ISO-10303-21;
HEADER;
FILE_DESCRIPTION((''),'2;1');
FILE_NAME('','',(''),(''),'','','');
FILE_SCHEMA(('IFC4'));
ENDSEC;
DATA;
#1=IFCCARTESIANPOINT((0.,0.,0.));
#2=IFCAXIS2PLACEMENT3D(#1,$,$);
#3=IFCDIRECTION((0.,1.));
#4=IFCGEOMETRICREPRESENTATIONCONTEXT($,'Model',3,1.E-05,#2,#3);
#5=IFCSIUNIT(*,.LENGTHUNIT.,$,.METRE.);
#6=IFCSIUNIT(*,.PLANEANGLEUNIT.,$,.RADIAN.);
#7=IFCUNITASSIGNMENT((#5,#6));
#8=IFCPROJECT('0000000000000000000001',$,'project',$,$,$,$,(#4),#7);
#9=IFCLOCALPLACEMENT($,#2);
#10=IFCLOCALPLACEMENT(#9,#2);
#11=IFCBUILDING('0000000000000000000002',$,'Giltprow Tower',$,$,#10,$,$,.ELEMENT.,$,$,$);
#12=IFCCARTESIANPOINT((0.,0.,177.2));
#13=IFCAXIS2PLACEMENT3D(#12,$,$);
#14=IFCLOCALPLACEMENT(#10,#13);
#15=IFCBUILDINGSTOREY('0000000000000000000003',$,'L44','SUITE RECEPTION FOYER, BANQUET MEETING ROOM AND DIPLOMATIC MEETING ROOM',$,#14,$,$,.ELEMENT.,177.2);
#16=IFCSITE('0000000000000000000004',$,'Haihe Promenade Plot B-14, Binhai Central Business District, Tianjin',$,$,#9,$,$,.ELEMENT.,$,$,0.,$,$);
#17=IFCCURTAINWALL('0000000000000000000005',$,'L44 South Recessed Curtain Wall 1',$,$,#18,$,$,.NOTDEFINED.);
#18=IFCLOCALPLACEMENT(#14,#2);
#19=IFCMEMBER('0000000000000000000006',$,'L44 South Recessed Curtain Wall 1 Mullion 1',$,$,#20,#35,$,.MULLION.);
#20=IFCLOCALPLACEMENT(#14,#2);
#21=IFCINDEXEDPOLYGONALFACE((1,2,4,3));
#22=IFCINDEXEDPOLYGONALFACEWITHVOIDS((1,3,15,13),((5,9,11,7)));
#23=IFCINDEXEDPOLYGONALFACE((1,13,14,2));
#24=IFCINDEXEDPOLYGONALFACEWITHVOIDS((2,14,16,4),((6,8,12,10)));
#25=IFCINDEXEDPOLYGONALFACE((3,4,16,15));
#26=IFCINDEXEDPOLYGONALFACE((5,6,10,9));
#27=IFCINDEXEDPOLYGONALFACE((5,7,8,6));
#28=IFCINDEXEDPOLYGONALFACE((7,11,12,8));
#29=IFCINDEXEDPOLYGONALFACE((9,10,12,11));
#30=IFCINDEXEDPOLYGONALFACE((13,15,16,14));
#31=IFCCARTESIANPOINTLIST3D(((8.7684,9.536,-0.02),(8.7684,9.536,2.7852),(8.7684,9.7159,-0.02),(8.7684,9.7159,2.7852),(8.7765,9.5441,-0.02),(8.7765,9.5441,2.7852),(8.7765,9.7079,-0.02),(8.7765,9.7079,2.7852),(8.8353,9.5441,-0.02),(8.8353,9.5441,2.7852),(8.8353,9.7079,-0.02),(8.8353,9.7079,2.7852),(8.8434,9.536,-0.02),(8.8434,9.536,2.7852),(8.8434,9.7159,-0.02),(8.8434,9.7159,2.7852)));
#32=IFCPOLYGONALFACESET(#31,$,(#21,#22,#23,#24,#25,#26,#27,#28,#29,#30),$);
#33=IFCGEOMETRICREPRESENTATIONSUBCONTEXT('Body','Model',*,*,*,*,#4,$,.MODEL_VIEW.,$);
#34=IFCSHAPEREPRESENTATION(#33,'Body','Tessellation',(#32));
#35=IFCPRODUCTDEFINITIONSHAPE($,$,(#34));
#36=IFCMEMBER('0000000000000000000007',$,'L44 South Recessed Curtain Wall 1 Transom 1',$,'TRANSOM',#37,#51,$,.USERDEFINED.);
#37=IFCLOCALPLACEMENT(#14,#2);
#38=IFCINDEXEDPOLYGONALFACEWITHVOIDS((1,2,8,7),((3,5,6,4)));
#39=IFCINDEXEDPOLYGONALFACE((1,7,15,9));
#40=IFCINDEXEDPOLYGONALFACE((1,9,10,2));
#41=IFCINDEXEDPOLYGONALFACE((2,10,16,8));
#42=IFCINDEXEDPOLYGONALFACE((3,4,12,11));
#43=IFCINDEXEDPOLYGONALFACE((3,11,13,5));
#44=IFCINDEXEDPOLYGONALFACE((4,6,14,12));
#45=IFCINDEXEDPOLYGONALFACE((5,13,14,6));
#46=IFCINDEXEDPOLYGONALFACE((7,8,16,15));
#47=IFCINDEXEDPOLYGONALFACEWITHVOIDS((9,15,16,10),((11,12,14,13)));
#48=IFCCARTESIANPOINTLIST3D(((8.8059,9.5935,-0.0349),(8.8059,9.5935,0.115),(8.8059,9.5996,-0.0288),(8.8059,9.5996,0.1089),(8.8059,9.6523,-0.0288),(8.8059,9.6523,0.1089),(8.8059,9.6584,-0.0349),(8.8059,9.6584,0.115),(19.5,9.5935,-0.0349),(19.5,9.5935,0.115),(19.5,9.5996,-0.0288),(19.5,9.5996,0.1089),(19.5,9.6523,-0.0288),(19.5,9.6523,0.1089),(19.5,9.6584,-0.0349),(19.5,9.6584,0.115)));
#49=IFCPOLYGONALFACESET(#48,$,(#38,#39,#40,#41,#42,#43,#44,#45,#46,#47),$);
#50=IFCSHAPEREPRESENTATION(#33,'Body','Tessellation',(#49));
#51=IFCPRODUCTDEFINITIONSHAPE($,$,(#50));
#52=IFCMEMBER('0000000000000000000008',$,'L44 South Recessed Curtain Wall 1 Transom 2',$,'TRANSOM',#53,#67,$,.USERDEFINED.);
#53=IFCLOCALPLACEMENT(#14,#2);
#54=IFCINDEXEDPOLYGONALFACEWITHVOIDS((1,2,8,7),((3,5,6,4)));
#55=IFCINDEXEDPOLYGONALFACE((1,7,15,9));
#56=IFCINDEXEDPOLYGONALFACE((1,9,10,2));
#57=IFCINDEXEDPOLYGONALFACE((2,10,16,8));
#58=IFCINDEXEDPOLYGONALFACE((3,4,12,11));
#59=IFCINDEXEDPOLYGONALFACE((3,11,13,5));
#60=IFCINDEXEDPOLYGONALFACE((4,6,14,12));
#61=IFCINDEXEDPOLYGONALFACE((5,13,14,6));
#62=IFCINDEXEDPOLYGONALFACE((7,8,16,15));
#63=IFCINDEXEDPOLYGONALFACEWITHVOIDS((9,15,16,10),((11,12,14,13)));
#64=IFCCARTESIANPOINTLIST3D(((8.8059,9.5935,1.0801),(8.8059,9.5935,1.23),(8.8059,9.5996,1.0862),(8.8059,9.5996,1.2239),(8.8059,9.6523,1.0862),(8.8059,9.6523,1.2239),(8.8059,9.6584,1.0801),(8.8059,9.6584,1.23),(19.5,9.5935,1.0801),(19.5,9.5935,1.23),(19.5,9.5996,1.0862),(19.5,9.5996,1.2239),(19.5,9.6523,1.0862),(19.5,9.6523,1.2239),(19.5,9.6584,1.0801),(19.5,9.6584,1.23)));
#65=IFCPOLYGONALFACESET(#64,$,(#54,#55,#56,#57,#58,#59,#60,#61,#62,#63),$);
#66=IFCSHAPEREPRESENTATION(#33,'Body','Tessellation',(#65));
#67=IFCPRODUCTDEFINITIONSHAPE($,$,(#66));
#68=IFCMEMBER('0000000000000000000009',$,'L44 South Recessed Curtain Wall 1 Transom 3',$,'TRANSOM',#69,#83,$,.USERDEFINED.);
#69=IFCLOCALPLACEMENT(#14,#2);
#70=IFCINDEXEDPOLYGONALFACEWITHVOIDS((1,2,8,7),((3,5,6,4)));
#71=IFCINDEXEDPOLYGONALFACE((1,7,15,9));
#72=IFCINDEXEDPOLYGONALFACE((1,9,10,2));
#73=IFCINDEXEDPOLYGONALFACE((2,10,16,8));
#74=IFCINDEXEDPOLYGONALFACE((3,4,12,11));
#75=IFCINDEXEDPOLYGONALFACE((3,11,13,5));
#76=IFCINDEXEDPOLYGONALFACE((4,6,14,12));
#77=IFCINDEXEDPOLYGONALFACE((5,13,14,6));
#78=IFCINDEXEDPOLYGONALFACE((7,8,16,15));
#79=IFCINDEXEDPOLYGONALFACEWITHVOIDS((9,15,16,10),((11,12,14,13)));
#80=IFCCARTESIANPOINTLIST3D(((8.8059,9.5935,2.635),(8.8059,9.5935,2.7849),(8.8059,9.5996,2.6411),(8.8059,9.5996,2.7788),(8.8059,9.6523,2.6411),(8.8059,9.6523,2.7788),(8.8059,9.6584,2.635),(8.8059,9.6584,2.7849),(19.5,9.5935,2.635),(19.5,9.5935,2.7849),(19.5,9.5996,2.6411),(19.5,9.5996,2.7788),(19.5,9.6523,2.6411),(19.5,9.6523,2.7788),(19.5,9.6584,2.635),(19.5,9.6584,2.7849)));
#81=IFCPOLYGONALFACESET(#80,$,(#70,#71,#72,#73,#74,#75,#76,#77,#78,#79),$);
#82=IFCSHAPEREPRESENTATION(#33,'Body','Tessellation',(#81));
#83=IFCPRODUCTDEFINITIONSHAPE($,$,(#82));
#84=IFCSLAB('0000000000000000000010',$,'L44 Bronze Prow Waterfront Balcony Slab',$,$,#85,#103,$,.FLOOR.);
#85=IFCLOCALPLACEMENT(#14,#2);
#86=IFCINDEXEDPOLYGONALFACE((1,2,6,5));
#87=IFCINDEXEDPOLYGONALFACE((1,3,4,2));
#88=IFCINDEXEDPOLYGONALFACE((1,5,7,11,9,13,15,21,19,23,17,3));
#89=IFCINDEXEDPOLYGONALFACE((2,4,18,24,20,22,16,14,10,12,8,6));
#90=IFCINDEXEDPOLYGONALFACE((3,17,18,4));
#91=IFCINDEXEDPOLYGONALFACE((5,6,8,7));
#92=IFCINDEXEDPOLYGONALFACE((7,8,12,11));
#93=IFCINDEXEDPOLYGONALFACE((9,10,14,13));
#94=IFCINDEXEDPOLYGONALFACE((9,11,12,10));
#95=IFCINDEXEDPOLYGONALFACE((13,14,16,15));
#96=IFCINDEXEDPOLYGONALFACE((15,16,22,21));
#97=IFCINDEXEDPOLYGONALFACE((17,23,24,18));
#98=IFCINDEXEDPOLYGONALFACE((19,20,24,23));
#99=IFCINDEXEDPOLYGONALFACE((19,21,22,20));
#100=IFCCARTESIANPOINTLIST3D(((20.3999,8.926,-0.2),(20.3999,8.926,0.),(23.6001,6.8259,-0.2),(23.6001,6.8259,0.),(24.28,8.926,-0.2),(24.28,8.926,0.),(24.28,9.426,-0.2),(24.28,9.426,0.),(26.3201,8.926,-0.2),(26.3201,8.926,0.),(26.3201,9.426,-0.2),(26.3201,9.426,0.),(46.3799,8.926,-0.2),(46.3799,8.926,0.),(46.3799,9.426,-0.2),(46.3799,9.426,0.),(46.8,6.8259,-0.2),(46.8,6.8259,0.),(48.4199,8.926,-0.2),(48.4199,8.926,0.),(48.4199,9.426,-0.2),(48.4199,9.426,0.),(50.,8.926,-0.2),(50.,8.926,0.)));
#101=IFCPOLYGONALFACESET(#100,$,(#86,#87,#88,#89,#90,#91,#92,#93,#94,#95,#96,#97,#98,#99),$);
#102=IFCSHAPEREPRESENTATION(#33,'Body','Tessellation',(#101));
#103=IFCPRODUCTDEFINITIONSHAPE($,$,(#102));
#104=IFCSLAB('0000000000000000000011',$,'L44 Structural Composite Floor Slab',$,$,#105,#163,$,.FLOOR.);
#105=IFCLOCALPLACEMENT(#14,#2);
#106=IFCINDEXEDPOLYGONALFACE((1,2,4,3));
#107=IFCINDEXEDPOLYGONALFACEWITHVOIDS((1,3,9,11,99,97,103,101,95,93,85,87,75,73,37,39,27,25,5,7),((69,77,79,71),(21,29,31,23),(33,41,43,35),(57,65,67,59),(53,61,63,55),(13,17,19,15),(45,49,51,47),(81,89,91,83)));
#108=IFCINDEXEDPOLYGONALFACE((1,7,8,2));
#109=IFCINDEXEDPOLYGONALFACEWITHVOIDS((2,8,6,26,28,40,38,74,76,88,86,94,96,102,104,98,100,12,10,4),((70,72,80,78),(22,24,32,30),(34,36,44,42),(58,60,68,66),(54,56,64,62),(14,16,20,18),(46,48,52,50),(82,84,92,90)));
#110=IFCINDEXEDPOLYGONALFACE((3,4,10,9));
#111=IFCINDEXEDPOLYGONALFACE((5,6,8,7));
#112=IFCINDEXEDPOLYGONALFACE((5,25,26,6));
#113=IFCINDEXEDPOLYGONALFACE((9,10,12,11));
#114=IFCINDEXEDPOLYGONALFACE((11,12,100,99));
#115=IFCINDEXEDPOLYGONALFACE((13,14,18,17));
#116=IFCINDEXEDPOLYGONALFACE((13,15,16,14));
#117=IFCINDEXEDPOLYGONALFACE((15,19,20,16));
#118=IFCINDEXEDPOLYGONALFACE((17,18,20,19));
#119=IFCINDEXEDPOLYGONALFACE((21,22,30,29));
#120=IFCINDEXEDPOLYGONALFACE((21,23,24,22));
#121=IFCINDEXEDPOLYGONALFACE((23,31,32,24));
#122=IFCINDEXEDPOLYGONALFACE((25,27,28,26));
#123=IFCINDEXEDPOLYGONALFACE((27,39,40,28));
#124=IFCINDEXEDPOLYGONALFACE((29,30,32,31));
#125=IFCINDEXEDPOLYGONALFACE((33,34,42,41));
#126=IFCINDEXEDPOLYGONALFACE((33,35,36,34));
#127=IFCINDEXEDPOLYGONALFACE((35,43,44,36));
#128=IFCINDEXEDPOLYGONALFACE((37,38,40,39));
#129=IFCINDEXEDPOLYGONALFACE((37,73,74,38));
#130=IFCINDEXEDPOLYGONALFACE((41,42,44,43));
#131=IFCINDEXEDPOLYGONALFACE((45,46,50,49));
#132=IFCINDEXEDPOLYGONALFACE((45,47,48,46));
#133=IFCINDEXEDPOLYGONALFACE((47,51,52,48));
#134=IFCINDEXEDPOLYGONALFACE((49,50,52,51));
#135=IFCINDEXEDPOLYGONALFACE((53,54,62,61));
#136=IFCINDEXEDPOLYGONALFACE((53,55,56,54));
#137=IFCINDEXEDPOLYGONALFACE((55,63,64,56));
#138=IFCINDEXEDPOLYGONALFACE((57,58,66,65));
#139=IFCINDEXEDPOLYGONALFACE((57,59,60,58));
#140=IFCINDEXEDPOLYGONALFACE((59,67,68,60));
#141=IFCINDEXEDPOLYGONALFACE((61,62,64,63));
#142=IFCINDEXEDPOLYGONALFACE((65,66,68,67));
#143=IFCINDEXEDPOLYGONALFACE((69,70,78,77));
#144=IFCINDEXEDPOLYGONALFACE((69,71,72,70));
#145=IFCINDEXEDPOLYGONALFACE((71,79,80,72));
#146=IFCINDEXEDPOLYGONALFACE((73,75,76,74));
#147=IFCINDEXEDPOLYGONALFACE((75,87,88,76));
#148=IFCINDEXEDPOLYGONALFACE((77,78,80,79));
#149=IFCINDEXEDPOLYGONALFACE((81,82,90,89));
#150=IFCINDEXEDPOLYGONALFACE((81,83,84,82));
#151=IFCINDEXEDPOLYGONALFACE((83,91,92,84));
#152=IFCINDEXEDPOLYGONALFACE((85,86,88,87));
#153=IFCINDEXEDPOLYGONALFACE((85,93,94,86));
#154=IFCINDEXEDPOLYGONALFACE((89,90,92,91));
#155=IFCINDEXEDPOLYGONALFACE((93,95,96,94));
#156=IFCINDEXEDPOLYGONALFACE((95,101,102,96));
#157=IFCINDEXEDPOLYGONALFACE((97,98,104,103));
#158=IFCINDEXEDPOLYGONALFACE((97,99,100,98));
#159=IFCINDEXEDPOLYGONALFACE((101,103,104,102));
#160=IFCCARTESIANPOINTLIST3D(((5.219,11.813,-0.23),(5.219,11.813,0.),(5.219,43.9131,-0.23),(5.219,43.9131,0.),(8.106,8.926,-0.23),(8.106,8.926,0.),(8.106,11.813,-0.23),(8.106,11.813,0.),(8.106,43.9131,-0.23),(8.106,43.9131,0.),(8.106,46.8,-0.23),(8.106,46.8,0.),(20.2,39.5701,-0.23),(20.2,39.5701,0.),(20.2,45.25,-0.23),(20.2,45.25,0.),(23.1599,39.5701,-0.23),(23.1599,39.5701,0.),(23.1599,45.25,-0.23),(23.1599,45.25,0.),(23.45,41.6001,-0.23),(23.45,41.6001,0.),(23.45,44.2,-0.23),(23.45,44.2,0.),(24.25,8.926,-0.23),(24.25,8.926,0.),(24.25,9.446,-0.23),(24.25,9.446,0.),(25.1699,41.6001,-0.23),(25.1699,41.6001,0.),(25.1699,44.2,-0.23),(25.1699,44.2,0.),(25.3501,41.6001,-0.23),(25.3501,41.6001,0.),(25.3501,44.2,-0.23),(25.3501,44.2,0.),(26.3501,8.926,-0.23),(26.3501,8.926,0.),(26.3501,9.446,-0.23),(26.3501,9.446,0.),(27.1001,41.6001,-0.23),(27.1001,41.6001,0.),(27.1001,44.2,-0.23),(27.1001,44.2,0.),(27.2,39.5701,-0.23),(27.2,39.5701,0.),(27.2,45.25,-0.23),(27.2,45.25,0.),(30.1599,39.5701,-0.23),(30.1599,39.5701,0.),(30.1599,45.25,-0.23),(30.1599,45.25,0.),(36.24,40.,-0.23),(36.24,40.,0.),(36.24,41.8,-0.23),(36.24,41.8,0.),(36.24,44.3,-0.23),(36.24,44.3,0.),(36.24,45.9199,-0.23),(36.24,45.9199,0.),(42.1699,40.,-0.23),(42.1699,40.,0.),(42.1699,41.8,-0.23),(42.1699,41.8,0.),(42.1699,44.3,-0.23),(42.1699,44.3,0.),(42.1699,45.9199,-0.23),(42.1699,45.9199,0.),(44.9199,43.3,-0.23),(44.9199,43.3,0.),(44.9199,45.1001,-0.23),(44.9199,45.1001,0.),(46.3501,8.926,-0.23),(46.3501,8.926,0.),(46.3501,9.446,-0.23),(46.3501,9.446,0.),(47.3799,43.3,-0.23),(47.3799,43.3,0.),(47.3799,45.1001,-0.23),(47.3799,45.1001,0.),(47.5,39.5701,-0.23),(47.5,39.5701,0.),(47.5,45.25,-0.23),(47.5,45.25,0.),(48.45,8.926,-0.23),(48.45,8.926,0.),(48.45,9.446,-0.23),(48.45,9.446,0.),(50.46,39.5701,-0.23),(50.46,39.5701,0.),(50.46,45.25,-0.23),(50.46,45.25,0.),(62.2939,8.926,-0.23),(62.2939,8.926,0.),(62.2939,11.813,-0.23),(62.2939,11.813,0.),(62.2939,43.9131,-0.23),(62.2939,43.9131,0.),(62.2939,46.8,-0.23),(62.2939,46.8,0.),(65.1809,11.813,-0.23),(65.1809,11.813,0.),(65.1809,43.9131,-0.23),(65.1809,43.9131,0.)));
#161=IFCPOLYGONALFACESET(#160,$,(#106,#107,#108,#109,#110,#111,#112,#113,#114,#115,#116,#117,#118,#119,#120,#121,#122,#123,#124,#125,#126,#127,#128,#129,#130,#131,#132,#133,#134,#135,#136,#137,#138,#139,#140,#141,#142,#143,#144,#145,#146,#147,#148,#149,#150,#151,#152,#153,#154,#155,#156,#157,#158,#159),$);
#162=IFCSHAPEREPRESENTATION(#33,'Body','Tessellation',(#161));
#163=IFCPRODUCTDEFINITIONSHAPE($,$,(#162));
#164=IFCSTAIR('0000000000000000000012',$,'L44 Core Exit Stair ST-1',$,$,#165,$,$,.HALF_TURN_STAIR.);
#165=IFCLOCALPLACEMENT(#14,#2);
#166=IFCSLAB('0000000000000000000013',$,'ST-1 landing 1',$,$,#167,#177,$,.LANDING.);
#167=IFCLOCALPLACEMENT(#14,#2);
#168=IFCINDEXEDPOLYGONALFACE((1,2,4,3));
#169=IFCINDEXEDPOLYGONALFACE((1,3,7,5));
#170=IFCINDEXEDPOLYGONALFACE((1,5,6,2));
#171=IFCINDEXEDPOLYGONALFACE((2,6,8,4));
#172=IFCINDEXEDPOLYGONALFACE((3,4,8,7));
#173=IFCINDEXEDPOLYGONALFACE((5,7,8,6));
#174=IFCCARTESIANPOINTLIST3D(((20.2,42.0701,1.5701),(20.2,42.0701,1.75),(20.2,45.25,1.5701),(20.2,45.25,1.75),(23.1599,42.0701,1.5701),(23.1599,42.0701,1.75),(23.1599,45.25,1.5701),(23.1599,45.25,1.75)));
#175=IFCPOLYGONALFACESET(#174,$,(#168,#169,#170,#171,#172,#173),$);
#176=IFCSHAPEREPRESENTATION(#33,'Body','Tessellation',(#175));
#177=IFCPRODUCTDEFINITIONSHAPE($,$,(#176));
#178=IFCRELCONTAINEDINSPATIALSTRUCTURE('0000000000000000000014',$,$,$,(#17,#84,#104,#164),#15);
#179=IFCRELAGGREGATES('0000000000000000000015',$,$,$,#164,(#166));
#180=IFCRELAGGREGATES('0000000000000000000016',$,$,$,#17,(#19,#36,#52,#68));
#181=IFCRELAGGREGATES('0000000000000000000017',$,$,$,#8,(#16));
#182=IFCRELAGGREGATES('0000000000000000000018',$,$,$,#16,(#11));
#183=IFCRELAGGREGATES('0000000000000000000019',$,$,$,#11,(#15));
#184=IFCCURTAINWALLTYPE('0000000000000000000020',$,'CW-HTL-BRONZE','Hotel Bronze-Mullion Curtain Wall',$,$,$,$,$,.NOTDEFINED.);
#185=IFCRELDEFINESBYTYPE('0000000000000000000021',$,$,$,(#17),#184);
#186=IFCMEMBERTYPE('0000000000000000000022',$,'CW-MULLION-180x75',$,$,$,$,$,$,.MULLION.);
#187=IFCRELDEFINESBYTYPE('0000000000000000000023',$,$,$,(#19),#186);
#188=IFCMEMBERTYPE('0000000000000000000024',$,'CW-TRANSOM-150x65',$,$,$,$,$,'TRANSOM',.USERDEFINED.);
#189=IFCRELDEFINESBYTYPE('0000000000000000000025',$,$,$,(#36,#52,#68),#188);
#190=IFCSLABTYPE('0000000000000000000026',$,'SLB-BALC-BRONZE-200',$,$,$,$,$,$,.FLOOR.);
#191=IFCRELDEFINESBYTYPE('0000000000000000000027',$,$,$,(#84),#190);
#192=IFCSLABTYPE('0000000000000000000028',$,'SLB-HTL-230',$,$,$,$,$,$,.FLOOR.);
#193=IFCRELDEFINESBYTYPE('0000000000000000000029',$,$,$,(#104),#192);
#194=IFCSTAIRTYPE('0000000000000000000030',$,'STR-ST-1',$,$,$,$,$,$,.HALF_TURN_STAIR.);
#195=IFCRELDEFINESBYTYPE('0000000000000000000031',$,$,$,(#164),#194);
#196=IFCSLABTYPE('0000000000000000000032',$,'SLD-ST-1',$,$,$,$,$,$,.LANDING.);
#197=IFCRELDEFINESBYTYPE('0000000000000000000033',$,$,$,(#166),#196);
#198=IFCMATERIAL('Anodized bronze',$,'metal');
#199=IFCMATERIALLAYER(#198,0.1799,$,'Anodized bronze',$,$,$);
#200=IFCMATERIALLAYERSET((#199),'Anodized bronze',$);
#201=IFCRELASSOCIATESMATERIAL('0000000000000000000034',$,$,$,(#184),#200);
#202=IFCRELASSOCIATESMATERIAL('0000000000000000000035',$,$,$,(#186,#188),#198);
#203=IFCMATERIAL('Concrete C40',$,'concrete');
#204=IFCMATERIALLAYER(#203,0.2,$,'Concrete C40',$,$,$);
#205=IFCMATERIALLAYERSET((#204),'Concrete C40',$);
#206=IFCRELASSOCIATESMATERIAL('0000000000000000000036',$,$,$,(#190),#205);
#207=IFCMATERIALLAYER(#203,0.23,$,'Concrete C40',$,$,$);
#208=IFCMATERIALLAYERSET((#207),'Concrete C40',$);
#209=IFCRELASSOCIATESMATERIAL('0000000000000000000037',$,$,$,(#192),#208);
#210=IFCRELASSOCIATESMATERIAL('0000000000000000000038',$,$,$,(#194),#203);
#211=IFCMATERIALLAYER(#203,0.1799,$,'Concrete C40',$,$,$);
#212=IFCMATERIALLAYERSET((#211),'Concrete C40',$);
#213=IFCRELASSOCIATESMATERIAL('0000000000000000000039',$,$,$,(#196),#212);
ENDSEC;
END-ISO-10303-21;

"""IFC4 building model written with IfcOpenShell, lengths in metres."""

from ifc_helpers import new_model, si_unit, direction, frame, origin, origin_2d, place, context, subcontext, project, spatial, polyline, hollow_rectangle, outline, extrude, source, transform, mapped, material, layer, layer_set, material_profile, profile_set, type_object, element, aggregate, save


model = new_model("IFC4")

# Units and contexts
model_context = context("Model", 3, precision=1e-05, world=origin(), true_north=direction((0.0, 1.0)))
body_context = subcontext(model_context, "Body", "Model", "MODEL_VIEW")
ifc_project = project(units=[si_unit("LENGTHUNIT", "METRE"), si_unit("PLANEANGLEUNIT", "RADIAN")], contexts=[model_context])

# Site, building, storey
site_placement = place(None, origin())
site = spatial("IfcSite", under=ifc_project, at=site_placement, Name="Haihe Promenade Plot B-14, Binhai Central Business District, Tianjin", CompositionType="ELEMENT", RefElevation=0.0)
building_placement = place(site_placement, origin())
building = spatial("IfcBuilding", under=site, at=building_placement, Name="Giltprow Tower", CompositionType="ELEMENT")
storey_placement = place(building_placement, frame((0.0, 0.0, 177.2)))
storey = spatial("IfcBuildingStorey", under=building, at=storey_placement, Name="L44", Description="SUITE RECEPTION FOYER, BANQUET MEETING ROOM AND DIPLOMATIC MEETING ROOM", CompositionType="ELEMENT", Elevation=177.2)

# Curtain wall, members
ifc_material_1 = material(Name="Anodized bronze", Category="metal")
ifc_layer_1 = layer(ifc_material_1, 0.1799, Name="Anodized bronze")
ifc_layer_set_1 = layer_set([ifc_layer_1], Name="Anodized bronze")
curtain_wall_type = type_object("IfcCurtainWallType", Name="CW-HTL-BRONZE", Description="Hotel Bronze-Mullion Curtain Wall", PredefinedType="NOTDEFINED", material=ifc_layer_set_1)
curtain_wall_placement = place(storey_placement, origin())
curtain_wall = element("IfcCurtainWall", 1, at=curtain_wall_placement, inside=storey, type_object=curtain_wall_type, Name="L44 South Recessed Curtain Wall 1", PredefinedType="NOTDEFINED")
ifc_material_profile_1 = material_profile(ifc_material_1, hollow_rectangle(XDim=0.075, YDim=0.1799, WallThickness=0.0081, at=origin_2d()), Name="RHS 180x75x8")
ifc_profile_set_1 = profile_set([ifc_material_profile_1], Name="Anodized bronze")
member_type_1 = type_object("IfcMemberType", Name="CW-MULLION-180x75", PredefinedType="MULLION", material=ifc_profile_set_1)
shared_shape_1 = source(origin(), body_context, "Body", "SweptSolid", [
    extrude(hollow_rectangle(XDim=0.075, YDim=0.1799, WallThickness=0.0081, at=origin_2d()), origin(), (0.0, 0.0, 1.0), 2.8052),
])
member_1_placement = place(storey_placement, frame((8.8059, 9.626, -0.02), z_axis=(0.0, 0.0, 1.0), x_axis=(1.0, 0.0, 0.0)))
member_1 = element("IfcMember", 2, at=member_1_placement, type_object=member_type_1, Name="L44 South Recessed Curtain Wall 1 Mullion 1", PredefinedType="MULLION", context=body_context, shape_type="MappedRepresentation", body=[
    mapped(shared_shape_1, transform((0.0, 0.0, 0.0), x_axis=(1.0, 0.0, 0.0), y_axis=(0.0, 1.0, 0.0), z_axis=(0.0, 0.0, 1.0), scale=1.0)),
])
ifc_material_profile_2 = material_profile(ifc_material_1, hollow_rectangle(XDim=0.0649, YDim=0.1499, WallThickness=0.0061, at=origin_2d()), Name="RHS 150x65x6")
ifc_profile_set_2 = profile_set([ifc_material_profile_2], Name="Anodized bronze")
member_type_2 = type_object("IfcMemberType", Name="CW-TRANSOM-150x65", ElementType="TRANSOM", PredefinedType="USERDEFINED", material=ifc_profile_set_2)
shared_shape_2 = source(origin(), body_context, "Body", "SweptSolid", [
    extrude(hollow_rectangle(XDim=0.0649, YDim=0.1499, WallThickness=0.0061, at=origin_2d()), origin(), (0.0, 0.0, 1.0), 10.6941),
])
member_2_placement = place(storey_placement, frame((8.8059, 9.626, 0.04), z_axis=(1.0, 0.0, 0.0), x_axis=(0.0, 1.0, 0.0)))
member_2 = element("IfcMember", 3, at=member_2_placement, type_object=member_type_2, Name="L44 South Recessed Curtain Wall 1 Transom 1", ObjectType="TRANSOM", PredefinedType="USERDEFINED", context=body_context, shape_type="MappedRepresentation", body=[
    mapped(shared_shape_2, transform((0.0, 0.0, 0.0), x_axis=(1.0, 0.0, 0.0), y_axis=(0.0, 1.0, 0.0), z_axis=(0.0, 0.0, 1.0), scale=1.0)),
])
member_3_placement = place(storey_placement, frame((8.8059, 9.626, 1.155), z_axis=(1.0, 0.0, 0.0), x_axis=(0.0, 1.0, 0.0)))
member_3 = element("IfcMember", 4, at=member_3_placement, type_object=member_type_2, Name="L44 South Recessed Curtain Wall 1 Transom 2", ObjectType="TRANSOM", PredefinedType="USERDEFINED", context=body_context, shape_type="MappedRepresentation", body=[
    mapped(shared_shape_2, transform((0.0, 0.0, 0.0), x_axis=(1.0, 0.0, 0.0), y_axis=(0.0, 1.0, 0.0), z_axis=(0.0, 0.0, 1.0), scale=1.0)),
])
member_4_placement = place(storey_placement, frame((8.8059, 9.626, 2.71), z_axis=(1.0, 0.0, 0.0), x_axis=(0.0, 1.0, 0.0)))
member_4 = element("IfcMember", 5, at=member_4_placement, type_object=member_type_2, Name="L44 South Recessed Curtain Wall 1 Transom 3", ObjectType="TRANSOM", PredefinedType="USERDEFINED", context=body_context, shape_type="MappedRepresentation", body=[
    mapped(shared_shape_2, transform((0.0, 0.0, 0.0), x_axis=(1.0, 0.0, 0.0), y_axis=(0.0, 1.0, 0.0), z_axis=(0.0, 0.0, 1.0), scale=1.0)),
])

# Slabs
ifc_material_2 = material(Name="Concrete C40", Category="concrete")
ifc_layer_2 = layer(ifc_material_2, 0.2, Name="Concrete C40")
ifc_layer_set_2 = layer_set([ifc_layer_2], Name="Concrete C40")
slab_type_1 = type_object("IfcSlabType", Name="SLB-BALC-BRONZE-200", PredefinedType="FLOOR", material=ifc_layer_set_2)
slab_1_placement = place(storey_placement, frame((0.0, 0.0, -0.2)))
element("IfcSlab", 6, at=slab_1_placement, inside=storey, type_object=slab_type_1, Name="L44 Bronze Prow Waterfront Balcony Slab", PredefinedType="FLOOR", context=body_context, shape_type="SweptSolid", body=[
    extrude(outline(polyline([(50.0, 8.926), (46.8, 6.8259), (23.6001, 6.8259), (20.3999, 8.926), (24.28, 8.926), (24.28, 9.426), (26.3201, 9.426), (26.3201, 8.926), (46.3799, 8.926), (46.3799, 9.426), (48.4199, 9.426), (48.4199, 8.926), (50.0, 8.926)])), origin(), (0.0, 0.0, 1.0), 0.2),
])
ifc_layer_3 = layer(ifc_material_2, 0.23, Name="Concrete C40")
ifc_layer_set_3 = layer_set([ifc_layer_3], Name="Concrete C40")
slab_type_2 = type_object("IfcSlabType", Name="SLB-HTL-230", PredefinedType="FLOOR", material=ifc_layer_set_3)
slab_2_placement = place(storey_placement, frame((0.0, 0.0, -0.23)))
element("IfcSlab", 7, at=slab_2_placement, inside=storey, type_object=slab_type_2, Name="L44 Structural Composite Floor Slab", PredefinedType="FLOOR", context=body_context, shape_type="SweptSolid", body=[
    extrude(outline(polyline([(8.106, 8.926), (8.106, 11.813), (5.219, 11.813), (5.219, 43.9131), (8.106, 43.9131), (8.106, 46.8), (62.2939, 46.8), (62.2939, 43.9131), (65.1809, 43.9131), (65.1809, 11.813), (62.2939, 11.813), (62.2939, 8.926), (48.45, 8.926), (48.45, 9.446), (46.3501, 9.446), (46.3501, 8.926), (26.3501, 8.926), (26.3501, 9.446), (24.25, 9.446), (24.25, 8.926), (8.106, 8.926)]), holes=[polyline([(42.1699, 41.8), (36.24, 41.8), (36.24, 40.0), (42.1699, 40.0), (42.1699, 41.8)]), polyline([(23.1599, 39.5701), (23.1599, 45.25), (20.2, 45.25), (20.2, 39.5701), (23.1599, 39.5701)]), polyline([(30.1599, 39.5701), (30.1599, 45.25), (27.2, 45.25), (27.2, 39.5701), (30.1599, 39.5701)]), polyline([(50.46, 45.25), (47.5, 45.25), (47.5, 39.5701), (50.46, 39.5701), (50.46, 45.25)]), polyline([(25.1699, 44.2), (23.45, 44.2), (23.45, 41.6001), (25.1699, 41.6001), (25.1699, 44.2)]), polyline([(27.1001, 44.2), (25.3501, 44.2), (25.3501, 41.6001), (27.1001, 41.6001), (27.1001, 44.2)]), polyline([(47.3799, 43.3), (47.3799, 45.1001), (44.9199, 45.1001), (44.9199, 43.3), (47.3799, 43.3)]), polyline([(42.1699, 44.3), (42.1699, 45.9199), (36.24, 45.9199), (36.24, 44.3), (42.1699, 44.3)])]), origin(), (0.0, 0.0, 1.0), 0.23),
])

# Stair, slab
stair_type_1 = type_object("IfcStairType", Name="STR-ST-1", PredefinedType="HALF_TURN_STAIR", material=ifc_material_2)
stair_1_placement = place(storey_placement, origin())
stair_1 = element("IfcStair", 8, at=stair_1_placement, inside=storey, type_object=stair_type_1, Name="L44 Core Exit Stair ST-1", PredefinedType="HALF_TURN_STAIR")
ifc_layer_4 = layer(ifc_material_2, 0.1799, Name="Concrete C40")
ifc_layer_set_4 = layer_set([ifc_layer_4], Name="Concrete C40")
slab_type_3 = type_object("IfcSlabType", Name="SLD-ST-1", PredefinedType="LANDING", material=ifc_layer_set_4)
slab_3_placement = place(storey_placement, frame((0.0, 0.0, 1.5701)))
slab_3 = element("IfcSlab", 9, at=slab_3_placement, type_object=slab_type_3, Name="ST-1 landing 1", PredefinedType="LANDING", context=body_context, shape_type="SweptSolid", body=[
    extrude(outline(polyline([(23.1599, 42.0701), (23.1599, 45.25), (20.2, 45.25), (20.2, 42.0701), (23.1599, 42.0701)])), origin(), (0.0, 0.0, 1.0), 0.1799),
])
aggregate(stair_1, [slab_3])

aggregate(curtain_wall, [member_1, member_2, member_3, member_4])

save(model, "model.ifc")
